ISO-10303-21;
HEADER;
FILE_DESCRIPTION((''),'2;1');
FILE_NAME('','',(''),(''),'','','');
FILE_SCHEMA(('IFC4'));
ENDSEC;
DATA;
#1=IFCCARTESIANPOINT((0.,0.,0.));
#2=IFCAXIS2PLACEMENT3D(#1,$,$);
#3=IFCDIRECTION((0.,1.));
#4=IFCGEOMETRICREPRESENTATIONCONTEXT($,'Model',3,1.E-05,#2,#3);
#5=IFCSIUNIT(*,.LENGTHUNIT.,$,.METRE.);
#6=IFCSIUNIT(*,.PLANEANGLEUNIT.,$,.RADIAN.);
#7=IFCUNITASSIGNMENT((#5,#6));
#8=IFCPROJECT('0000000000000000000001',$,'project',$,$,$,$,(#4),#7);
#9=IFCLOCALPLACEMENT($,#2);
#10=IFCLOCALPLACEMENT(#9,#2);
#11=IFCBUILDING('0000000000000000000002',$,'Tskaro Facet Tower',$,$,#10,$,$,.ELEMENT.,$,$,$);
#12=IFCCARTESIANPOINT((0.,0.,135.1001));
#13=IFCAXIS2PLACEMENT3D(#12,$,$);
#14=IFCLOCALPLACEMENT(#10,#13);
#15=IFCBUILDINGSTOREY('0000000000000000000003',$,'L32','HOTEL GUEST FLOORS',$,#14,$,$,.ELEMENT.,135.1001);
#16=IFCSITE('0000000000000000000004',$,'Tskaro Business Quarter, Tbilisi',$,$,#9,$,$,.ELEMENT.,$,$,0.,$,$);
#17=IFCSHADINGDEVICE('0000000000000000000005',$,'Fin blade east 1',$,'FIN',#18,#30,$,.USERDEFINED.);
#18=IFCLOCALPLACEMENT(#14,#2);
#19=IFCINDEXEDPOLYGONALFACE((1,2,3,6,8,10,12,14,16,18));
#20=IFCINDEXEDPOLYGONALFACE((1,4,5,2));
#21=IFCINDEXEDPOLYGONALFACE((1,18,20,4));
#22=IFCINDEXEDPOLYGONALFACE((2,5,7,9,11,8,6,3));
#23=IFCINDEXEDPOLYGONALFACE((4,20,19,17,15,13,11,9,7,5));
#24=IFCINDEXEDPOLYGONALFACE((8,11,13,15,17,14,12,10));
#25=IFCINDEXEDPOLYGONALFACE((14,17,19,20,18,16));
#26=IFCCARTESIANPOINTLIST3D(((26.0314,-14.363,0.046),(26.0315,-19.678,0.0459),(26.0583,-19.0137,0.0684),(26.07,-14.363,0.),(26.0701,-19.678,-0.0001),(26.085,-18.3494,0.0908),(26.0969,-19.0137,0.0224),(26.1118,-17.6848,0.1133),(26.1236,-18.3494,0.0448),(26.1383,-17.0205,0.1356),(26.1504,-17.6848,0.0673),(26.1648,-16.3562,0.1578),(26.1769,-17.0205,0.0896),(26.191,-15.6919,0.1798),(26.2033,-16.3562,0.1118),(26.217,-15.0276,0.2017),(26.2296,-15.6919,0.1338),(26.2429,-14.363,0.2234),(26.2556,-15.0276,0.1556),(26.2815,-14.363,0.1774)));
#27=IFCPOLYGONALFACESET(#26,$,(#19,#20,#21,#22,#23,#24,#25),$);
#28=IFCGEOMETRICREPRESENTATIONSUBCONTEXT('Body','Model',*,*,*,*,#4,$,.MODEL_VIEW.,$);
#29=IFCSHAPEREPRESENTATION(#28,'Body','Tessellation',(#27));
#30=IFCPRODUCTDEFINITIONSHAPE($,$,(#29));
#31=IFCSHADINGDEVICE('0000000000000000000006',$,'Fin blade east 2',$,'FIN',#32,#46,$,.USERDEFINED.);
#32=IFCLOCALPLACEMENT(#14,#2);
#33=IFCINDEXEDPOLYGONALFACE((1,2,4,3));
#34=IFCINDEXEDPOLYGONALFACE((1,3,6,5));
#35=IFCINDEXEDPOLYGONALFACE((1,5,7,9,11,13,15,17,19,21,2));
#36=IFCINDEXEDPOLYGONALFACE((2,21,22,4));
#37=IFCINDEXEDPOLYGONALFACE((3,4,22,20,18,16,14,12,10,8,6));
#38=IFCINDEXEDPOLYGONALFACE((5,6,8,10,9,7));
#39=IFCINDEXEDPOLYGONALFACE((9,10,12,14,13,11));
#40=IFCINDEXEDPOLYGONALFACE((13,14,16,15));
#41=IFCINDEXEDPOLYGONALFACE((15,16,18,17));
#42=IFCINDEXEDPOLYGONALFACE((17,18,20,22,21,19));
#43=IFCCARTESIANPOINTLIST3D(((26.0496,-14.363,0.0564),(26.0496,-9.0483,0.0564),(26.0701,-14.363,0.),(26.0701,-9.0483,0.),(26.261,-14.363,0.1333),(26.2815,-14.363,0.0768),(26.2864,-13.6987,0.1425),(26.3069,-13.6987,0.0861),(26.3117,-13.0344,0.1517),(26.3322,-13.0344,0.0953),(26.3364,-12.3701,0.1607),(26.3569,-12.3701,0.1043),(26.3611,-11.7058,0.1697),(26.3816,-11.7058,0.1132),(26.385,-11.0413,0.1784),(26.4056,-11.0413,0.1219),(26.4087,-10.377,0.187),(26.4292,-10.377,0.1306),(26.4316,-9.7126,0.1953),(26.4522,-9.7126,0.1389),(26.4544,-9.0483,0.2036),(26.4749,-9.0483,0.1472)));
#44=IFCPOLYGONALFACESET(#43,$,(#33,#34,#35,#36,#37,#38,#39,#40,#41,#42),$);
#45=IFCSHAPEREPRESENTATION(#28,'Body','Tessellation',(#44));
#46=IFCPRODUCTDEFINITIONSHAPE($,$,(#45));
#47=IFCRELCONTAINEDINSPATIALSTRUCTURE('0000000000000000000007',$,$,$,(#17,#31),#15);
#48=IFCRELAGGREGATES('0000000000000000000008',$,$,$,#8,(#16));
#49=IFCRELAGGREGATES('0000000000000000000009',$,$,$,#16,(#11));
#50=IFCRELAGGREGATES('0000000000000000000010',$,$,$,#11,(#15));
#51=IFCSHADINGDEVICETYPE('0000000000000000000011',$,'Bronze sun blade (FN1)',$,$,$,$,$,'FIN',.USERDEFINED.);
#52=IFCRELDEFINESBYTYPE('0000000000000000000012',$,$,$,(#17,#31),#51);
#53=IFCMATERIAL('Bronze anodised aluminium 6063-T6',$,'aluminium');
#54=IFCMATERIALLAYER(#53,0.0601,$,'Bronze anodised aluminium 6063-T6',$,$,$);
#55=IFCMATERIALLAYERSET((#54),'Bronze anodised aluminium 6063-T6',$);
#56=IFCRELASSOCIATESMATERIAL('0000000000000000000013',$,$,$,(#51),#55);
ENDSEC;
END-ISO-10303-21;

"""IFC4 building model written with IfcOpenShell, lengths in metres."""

from ifc_helpers import new_model, si_unit, direction, frame, origin, place, context, subcontext, project, spatial, polyline, outline, extrude, material, layer, layer_set, type_object, element, save


model = new_model("IFC4")

# Units and contexts
model_context = context("Model", 3, precision=1e-05, world=origin(), true_north=direction((0.0, 1.0)))
body_context = subcontext(model_context, "Body", "Model", "MODEL_VIEW")
ifc_project = project(units=[si_unit("LENGTHUNIT", "METRE"), si_unit("PLANEANGLEUNIT", "RADIAN")], contexts=[model_context])

# Site, building, storey
site_placement = place(None, origin())
site = spatial("IfcSite", under=ifc_project, at=site_placement, Name="Tskaro Business Quarter, Tbilisi", CompositionType="ELEMENT", RefElevation=0.0)
building_placement = place(site_placement, origin())
building = spatial("IfcBuilding", under=site, at=building_placement, Name="Tskaro Facet Tower", CompositionType="ELEMENT")
storey_placement = place(building_placement, frame((0.0, 0.0, 135.1001)))
storey = spatial("IfcBuildingStorey", under=building, at=storey_placement, Name="L32", Description="HOTEL GUEST FLOORS", CompositionType="ELEMENT", Elevation=135.1001)

# Shared definitions
ifc_material_1 = material(Name="Bronze anodised aluminium 6063-T6", Category="aluminium")

# Shading devices
ifc_layer_1 = layer(ifc_material_1, 0.0601, Name="Bronze anodised aluminium 6063-T6")
ifc_layer_set_1 = layer_set([ifc_layer_1], Name="Bronze anodised aluminium 6063-T6")
shading_device_type = type_object("IfcShadingDeviceType", Name="Bronze sun blade (FN1)", ElementType="FIN", PredefinedType="USERDEFINED", material=ifc_layer_set_1)
shading_device_1_placement = place(storey_placement, frame((26.0315, -19.678, 0.0459), z_axis=(-0.642643, -0.000022, 0.766165), x_axis=(-0.000014, 1.0, 0.000017)))
element("IfcShadingDevice", 1, at=shading_device_1_placement, inside=storey, type_object=shading_device_type, Name="Fin blade east 1", ObjectType="FIN", PredefinedType="USERDEFINED", context=body_context, shape_type="SweptSolid", body=[
    extrude(outline(polyline([(0.0, 0.0), (5.3149, 0.0), (5.3149, -0.2761), (4.6504, -0.2423), (3.9861, -0.2083), (3.3218, -0.174), (2.6575, -0.1395), (1.9932, -0.1048), (1.3286, -0.0698), (0.6643, -0.035), (0.0, 0.0)])), origin(), (0.0, 0.0, -1.0), 0.0601),
])
shading_device_2_placement = place(storey_placement, frame((26.0496, -14.363, 0.0564), z_axis=(-0.341736, -0.000002, 0.939796), x_axis=(-0.000001, 1.0, 0.000001)))
element("IfcShadingDevice", 2, at=shading_device_2_placement, inside=storey, type_object=shading_device_type, Name="Fin blade east 2", ObjectType="FIN", PredefinedType="USERDEFINED", context=body_context, shape_type="SweptSolid", body=[
    extrude(outline(polyline([(0.0, 0.0), (5.3147, 0.0), (5.3147, -0.4307), (4.6504, -0.4065), (3.9861, -0.3821), (3.3218, -0.357), (2.6572, -0.3315), (1.9929, -0.3052), (1.3286, -0.279), (0.6643, -0.252), (0.0, -0.225), (0.0, 0.0)])), origin(), (0.0, 0.0, -1.0), 0.0601),
])

save(model, "model.ifc")
